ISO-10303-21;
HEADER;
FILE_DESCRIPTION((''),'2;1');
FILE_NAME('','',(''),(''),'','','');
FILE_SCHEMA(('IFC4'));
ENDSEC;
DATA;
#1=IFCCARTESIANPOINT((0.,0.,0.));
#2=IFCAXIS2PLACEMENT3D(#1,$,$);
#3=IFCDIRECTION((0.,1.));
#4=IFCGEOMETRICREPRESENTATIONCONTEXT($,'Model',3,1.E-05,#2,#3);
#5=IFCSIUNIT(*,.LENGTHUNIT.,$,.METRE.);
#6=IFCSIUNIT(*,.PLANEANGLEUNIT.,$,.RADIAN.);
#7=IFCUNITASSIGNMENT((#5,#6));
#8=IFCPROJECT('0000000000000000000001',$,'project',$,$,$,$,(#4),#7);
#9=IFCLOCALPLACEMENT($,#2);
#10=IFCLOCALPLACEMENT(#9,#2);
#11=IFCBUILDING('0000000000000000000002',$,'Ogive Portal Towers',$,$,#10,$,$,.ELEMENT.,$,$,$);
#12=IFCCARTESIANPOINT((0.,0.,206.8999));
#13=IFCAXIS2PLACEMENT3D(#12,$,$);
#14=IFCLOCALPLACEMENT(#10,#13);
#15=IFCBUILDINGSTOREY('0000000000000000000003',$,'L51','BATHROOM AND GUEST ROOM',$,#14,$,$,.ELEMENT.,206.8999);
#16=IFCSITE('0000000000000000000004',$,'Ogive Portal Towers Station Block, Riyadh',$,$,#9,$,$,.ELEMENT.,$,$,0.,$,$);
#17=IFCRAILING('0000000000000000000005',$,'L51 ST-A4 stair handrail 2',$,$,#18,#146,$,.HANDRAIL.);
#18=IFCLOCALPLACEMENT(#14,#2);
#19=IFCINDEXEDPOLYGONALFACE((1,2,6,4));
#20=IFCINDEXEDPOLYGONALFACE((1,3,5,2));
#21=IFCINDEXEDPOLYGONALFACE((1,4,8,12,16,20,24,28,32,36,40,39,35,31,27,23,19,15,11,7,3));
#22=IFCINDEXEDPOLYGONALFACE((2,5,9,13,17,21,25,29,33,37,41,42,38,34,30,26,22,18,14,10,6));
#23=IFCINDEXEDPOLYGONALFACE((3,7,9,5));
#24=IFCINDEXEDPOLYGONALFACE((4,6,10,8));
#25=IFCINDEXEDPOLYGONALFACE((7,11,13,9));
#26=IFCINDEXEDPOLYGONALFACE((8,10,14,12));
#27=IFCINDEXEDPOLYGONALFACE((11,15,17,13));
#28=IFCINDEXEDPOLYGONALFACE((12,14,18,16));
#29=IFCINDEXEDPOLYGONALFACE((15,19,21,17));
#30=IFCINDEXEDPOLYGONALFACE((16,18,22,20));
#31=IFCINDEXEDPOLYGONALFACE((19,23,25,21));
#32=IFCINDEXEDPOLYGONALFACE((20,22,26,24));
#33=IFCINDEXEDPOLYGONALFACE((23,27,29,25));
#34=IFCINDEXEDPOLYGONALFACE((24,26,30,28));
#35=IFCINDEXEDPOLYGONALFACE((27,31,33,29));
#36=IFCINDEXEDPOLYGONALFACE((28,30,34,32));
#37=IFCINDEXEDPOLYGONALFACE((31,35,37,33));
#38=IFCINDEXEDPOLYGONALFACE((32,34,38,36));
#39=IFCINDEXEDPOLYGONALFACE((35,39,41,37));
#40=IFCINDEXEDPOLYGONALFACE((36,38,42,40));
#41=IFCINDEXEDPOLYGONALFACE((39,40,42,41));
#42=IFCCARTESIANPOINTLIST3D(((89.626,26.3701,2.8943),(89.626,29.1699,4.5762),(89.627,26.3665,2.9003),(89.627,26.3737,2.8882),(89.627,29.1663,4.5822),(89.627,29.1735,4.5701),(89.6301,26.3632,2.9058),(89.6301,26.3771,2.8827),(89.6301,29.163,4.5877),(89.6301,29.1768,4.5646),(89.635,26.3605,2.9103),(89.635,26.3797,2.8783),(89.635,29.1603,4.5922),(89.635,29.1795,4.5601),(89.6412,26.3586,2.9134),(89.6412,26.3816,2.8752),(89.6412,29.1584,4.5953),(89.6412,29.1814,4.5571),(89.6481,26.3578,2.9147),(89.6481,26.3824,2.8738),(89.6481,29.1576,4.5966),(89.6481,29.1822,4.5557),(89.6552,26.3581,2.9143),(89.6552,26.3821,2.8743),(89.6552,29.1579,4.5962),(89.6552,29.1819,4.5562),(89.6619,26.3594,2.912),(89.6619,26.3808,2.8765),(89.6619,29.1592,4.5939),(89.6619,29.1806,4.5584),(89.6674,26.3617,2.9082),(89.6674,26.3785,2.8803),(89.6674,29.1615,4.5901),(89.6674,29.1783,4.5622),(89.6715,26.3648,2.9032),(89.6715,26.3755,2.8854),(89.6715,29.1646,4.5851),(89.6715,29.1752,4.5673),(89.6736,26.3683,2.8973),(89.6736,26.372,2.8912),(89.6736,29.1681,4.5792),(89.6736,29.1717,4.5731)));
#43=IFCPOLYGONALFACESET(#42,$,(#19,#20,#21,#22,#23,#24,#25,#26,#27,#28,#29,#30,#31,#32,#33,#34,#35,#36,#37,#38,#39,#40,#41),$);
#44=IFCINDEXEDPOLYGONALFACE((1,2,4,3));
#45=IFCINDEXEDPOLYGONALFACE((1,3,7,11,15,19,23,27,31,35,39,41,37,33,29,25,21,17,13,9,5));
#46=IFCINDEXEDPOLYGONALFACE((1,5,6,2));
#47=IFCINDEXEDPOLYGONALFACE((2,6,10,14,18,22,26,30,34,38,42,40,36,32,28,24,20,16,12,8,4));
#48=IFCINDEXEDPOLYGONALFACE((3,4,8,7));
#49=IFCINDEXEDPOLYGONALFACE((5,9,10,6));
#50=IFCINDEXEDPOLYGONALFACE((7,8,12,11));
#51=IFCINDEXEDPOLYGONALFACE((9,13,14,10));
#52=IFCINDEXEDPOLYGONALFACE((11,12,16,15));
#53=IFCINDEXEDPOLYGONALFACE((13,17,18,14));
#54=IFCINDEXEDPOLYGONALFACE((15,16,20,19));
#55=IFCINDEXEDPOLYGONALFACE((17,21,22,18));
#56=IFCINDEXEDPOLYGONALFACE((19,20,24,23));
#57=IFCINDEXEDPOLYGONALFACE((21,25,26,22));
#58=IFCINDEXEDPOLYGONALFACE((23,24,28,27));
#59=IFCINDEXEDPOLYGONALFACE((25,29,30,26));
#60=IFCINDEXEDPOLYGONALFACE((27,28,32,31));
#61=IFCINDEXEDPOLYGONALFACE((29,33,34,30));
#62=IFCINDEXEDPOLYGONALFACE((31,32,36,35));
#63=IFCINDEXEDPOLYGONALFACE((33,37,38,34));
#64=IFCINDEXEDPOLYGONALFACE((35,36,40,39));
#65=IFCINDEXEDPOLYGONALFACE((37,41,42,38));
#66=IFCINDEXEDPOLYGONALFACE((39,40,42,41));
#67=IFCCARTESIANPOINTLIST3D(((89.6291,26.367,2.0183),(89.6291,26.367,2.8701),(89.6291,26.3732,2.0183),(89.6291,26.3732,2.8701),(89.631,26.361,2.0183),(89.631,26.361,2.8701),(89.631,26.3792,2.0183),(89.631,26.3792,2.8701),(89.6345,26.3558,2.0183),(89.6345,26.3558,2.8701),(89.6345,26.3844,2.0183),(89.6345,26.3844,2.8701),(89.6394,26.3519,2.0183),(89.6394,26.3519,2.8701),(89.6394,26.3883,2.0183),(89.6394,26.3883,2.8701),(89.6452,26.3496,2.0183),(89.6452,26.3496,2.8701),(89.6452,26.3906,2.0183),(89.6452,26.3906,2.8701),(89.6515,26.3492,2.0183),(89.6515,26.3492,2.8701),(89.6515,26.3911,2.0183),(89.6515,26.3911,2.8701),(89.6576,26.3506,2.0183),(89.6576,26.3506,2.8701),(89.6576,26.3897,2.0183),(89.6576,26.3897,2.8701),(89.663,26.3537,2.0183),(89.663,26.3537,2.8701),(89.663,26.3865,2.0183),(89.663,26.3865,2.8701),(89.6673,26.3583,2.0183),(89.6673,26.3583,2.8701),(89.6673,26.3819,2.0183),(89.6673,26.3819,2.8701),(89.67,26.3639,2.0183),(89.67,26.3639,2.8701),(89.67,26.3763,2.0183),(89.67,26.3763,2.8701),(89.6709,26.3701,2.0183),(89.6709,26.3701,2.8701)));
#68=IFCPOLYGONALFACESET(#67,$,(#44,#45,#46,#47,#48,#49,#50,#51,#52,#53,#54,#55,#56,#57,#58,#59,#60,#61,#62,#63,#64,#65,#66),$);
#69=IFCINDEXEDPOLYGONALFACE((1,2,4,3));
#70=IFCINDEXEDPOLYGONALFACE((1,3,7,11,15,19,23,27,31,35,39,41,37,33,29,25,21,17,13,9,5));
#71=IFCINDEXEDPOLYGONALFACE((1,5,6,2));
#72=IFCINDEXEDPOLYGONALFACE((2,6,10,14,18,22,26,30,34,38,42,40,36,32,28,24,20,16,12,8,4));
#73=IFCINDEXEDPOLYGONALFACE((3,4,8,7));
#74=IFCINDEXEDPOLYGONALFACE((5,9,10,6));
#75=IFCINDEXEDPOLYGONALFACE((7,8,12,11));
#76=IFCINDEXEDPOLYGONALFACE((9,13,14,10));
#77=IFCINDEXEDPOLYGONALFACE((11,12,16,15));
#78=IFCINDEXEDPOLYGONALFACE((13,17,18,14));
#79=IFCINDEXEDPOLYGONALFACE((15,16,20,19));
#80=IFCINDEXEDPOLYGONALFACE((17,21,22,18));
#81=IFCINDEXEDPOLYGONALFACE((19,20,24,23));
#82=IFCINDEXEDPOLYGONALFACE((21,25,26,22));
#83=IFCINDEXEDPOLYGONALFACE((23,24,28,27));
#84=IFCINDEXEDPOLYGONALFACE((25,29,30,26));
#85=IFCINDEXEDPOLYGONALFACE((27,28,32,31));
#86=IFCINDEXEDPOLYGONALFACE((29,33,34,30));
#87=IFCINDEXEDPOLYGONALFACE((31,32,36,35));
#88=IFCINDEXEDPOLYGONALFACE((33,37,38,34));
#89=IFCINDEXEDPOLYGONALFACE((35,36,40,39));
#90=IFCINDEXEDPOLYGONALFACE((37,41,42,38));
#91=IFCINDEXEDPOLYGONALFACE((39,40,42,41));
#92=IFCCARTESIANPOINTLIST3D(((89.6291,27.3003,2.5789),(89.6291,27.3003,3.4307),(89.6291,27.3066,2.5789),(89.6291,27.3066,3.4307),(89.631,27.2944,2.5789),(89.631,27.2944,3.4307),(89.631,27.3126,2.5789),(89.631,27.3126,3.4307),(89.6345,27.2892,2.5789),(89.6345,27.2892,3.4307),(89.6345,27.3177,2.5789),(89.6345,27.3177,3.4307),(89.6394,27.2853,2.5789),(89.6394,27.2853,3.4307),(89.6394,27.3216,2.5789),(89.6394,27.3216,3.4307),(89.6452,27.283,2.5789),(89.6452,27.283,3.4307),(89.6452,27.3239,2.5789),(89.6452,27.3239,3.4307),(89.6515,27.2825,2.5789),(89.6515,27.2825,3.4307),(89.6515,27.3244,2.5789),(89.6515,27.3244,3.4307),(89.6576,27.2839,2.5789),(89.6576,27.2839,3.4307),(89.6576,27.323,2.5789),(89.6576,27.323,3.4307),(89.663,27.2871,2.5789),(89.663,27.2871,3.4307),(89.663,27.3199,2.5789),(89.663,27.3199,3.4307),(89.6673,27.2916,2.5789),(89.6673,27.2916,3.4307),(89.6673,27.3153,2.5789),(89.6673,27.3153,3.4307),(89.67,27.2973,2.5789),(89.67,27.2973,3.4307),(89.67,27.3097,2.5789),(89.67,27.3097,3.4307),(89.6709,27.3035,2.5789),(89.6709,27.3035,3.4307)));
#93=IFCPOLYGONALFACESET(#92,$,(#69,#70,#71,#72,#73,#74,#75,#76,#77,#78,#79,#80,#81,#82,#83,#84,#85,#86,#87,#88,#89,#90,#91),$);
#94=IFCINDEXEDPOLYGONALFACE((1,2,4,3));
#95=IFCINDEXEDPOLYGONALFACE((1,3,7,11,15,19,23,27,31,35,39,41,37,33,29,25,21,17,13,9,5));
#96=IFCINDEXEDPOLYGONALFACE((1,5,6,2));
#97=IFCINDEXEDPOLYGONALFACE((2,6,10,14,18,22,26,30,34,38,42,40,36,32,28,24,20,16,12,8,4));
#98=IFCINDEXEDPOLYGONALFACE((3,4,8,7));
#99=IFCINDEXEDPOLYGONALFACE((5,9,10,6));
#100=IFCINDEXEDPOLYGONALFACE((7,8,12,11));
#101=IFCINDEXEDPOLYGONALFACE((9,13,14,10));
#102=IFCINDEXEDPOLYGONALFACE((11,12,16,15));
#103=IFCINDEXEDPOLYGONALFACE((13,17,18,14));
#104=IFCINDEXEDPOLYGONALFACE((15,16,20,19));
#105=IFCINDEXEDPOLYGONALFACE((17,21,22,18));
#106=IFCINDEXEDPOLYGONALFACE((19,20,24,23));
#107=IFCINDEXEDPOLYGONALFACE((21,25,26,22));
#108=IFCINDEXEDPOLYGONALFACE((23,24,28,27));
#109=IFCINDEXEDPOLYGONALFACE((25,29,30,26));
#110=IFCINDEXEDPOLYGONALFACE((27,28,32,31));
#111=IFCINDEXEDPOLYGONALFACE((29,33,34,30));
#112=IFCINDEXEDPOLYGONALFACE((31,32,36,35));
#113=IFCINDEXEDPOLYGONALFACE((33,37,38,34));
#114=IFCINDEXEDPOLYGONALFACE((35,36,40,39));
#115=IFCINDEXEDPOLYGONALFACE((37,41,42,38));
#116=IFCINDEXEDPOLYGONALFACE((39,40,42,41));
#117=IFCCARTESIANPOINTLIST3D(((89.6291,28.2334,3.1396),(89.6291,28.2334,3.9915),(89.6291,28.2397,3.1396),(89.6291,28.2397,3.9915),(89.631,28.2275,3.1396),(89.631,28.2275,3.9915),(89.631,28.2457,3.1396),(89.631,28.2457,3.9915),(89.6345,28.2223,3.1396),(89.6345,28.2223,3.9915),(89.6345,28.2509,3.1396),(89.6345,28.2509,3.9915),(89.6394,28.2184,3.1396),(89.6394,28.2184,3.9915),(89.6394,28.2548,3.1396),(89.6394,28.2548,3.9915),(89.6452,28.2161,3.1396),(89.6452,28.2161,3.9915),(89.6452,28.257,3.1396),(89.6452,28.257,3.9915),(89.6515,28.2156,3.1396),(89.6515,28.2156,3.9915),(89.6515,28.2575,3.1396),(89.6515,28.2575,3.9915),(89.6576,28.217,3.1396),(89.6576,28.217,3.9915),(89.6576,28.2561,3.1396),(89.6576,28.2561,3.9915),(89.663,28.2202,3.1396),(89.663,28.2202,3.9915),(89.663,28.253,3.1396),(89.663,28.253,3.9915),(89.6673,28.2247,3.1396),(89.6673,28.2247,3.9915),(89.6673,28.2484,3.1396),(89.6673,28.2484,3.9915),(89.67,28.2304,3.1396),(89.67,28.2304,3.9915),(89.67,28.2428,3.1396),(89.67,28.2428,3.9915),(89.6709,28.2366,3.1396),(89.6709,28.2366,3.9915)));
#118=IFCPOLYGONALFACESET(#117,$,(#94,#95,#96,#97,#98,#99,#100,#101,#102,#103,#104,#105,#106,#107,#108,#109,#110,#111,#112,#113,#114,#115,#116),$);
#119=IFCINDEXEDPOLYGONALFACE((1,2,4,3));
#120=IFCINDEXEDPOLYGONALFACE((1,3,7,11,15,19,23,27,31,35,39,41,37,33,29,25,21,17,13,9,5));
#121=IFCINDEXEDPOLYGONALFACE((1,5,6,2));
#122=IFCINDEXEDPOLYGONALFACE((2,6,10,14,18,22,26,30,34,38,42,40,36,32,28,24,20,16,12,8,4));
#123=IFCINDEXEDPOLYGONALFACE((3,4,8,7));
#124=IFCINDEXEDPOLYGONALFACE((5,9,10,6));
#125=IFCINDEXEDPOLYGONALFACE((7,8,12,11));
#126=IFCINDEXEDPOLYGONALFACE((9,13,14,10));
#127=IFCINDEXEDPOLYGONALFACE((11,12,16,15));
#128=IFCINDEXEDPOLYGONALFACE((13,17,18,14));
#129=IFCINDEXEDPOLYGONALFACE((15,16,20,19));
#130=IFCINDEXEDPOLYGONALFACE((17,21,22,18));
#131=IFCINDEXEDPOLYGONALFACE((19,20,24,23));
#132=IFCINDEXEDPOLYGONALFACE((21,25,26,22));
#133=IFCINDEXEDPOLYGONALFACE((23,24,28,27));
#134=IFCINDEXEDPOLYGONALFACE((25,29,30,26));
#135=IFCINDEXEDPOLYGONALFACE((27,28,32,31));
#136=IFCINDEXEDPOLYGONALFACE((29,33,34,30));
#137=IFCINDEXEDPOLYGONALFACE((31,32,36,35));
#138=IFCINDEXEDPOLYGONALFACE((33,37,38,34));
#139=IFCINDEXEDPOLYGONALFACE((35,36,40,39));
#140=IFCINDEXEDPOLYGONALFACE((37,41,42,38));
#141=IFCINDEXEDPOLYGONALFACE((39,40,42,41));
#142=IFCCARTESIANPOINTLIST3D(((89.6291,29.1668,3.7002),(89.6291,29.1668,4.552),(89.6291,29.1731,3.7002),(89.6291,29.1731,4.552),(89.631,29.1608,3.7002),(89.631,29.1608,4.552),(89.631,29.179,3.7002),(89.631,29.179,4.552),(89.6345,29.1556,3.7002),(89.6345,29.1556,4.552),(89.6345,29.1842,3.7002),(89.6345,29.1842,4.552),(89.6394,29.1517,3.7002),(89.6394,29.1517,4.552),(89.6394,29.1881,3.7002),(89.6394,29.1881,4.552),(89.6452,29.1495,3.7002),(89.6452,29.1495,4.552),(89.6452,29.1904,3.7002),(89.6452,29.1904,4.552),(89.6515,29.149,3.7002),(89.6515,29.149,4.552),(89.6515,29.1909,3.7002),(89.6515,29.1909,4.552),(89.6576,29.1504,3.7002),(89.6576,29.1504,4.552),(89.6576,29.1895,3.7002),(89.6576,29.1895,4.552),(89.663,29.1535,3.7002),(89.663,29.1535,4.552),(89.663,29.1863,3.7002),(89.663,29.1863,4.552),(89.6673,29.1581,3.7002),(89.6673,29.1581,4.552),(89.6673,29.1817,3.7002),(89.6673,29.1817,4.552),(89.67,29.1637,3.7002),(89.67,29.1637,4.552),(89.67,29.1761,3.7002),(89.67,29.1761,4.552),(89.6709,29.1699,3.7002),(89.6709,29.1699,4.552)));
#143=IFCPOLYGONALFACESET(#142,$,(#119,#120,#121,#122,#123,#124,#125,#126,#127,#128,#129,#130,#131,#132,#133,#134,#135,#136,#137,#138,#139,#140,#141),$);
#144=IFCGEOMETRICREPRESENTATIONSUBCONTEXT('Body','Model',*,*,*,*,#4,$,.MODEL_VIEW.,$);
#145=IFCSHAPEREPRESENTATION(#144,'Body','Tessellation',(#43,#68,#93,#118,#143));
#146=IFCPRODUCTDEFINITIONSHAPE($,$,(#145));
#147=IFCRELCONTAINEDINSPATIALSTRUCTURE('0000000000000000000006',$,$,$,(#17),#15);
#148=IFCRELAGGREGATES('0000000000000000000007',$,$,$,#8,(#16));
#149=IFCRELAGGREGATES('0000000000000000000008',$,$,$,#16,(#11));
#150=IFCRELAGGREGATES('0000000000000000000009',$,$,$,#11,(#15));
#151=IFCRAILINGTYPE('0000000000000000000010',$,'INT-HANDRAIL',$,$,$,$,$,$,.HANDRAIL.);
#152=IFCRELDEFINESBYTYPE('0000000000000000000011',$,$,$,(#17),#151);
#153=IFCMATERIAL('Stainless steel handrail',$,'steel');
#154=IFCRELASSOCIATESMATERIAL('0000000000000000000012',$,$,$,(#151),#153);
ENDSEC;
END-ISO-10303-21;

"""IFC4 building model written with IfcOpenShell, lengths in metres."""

from ifc_helpers import new_model, si_unit, direction, frame, origin, origin_2d, place, context, subcontext, project, spatial, circle, extrude, material, type_object, element, save


model = new_model("IFC4")

# Units and contexts
model_context = context("Model", 3, precision=1e-05, world=origin(), true_north=direction((0.0, 1.0)))
body_context = subcontext(model_context, "Body", "Model", "MODEL_VIEW")
ifc_project = project(units=[si_unit("LENGTHUNIT", "METRE"), si_unit("PLANEANGLEUNIT", "RADIAN")], contexts=[model_context])

# Site, building, storey
site_placement = place(None, origin())
site = spatial("IfcSite", under=ifc_project, at=site_placement, Name="Ogive Portal Towers Station Block, Riyadh", CompositionType="ELEMENT", RefElevation=0.0)
building_placement = place(site_placement, origin())
building = spatial("IfcBuilding", under=site, at=building_placement, Name="Ogive Portal Towers", CompositionType="ELEMENT")
storey_placement = place(building_placement, frame((0.0, 0.0, 206.8999)))
storey = spatial("IfcBuildingStorey", under=building, at=storey_placement, Name="L51", Description="BATHROOM AND GUEST ROOM", CompositionType="ELEMENT", Elevation=206.8999)

# Railing
ifc_material_1 = material(Name="Stainless steel handrail", Category="steel")
railing_type_1 = type_object("IfcRailingType", Name="INT-HANDRAIL", PredefinedType="HANDRAIL", material=ifc_material_1)
railing_1_placement = place(storey_placement, frame((89.6499, 26.3701, 2.0183)))
element("IfcRailing", 1, at=railing_1_placement, inside=storey, type_object=railing_type_1, Name="L51 ST-A4 stair handrail 2", PredefinedType="HANDRAIL", context=body_context, shape_type="SweptSolid", body=[
    extrude(circle(Radius=0.0239, at=origin_2d()), frame((0.0, 0.0, 0.876), z_axis=(0.0, 0.857222, 0.514946), x_axis=(-1.0, 0.0, 0.0)), (0.0, 0.0, 1.0), 3.2661),
    extrude(circle(Radius=0.021, at=origin_2d()), origin(), (0.0, 0.0, 1.0), 0.8518),
    extrude(circle(Radius=0.021, at=origin_2d()), frame((0.0, 0.9333, 0.5605)), (0.0, 0.0, 1.0), 0.8518),
    extrude(circle(Radius=0.021, at=origin_2d()), frame((0.0, 1.8665, 1.1213)), (0.0, 0.0, 1.0), 0.8518),
    extrude(circle(Radius=0.021, at=origin_2d()), frame((0.0, 2.7998, 1.6819)), (0.0, 0.0, 1.0), 0.8518),
])

save(model, "model.ifc")
